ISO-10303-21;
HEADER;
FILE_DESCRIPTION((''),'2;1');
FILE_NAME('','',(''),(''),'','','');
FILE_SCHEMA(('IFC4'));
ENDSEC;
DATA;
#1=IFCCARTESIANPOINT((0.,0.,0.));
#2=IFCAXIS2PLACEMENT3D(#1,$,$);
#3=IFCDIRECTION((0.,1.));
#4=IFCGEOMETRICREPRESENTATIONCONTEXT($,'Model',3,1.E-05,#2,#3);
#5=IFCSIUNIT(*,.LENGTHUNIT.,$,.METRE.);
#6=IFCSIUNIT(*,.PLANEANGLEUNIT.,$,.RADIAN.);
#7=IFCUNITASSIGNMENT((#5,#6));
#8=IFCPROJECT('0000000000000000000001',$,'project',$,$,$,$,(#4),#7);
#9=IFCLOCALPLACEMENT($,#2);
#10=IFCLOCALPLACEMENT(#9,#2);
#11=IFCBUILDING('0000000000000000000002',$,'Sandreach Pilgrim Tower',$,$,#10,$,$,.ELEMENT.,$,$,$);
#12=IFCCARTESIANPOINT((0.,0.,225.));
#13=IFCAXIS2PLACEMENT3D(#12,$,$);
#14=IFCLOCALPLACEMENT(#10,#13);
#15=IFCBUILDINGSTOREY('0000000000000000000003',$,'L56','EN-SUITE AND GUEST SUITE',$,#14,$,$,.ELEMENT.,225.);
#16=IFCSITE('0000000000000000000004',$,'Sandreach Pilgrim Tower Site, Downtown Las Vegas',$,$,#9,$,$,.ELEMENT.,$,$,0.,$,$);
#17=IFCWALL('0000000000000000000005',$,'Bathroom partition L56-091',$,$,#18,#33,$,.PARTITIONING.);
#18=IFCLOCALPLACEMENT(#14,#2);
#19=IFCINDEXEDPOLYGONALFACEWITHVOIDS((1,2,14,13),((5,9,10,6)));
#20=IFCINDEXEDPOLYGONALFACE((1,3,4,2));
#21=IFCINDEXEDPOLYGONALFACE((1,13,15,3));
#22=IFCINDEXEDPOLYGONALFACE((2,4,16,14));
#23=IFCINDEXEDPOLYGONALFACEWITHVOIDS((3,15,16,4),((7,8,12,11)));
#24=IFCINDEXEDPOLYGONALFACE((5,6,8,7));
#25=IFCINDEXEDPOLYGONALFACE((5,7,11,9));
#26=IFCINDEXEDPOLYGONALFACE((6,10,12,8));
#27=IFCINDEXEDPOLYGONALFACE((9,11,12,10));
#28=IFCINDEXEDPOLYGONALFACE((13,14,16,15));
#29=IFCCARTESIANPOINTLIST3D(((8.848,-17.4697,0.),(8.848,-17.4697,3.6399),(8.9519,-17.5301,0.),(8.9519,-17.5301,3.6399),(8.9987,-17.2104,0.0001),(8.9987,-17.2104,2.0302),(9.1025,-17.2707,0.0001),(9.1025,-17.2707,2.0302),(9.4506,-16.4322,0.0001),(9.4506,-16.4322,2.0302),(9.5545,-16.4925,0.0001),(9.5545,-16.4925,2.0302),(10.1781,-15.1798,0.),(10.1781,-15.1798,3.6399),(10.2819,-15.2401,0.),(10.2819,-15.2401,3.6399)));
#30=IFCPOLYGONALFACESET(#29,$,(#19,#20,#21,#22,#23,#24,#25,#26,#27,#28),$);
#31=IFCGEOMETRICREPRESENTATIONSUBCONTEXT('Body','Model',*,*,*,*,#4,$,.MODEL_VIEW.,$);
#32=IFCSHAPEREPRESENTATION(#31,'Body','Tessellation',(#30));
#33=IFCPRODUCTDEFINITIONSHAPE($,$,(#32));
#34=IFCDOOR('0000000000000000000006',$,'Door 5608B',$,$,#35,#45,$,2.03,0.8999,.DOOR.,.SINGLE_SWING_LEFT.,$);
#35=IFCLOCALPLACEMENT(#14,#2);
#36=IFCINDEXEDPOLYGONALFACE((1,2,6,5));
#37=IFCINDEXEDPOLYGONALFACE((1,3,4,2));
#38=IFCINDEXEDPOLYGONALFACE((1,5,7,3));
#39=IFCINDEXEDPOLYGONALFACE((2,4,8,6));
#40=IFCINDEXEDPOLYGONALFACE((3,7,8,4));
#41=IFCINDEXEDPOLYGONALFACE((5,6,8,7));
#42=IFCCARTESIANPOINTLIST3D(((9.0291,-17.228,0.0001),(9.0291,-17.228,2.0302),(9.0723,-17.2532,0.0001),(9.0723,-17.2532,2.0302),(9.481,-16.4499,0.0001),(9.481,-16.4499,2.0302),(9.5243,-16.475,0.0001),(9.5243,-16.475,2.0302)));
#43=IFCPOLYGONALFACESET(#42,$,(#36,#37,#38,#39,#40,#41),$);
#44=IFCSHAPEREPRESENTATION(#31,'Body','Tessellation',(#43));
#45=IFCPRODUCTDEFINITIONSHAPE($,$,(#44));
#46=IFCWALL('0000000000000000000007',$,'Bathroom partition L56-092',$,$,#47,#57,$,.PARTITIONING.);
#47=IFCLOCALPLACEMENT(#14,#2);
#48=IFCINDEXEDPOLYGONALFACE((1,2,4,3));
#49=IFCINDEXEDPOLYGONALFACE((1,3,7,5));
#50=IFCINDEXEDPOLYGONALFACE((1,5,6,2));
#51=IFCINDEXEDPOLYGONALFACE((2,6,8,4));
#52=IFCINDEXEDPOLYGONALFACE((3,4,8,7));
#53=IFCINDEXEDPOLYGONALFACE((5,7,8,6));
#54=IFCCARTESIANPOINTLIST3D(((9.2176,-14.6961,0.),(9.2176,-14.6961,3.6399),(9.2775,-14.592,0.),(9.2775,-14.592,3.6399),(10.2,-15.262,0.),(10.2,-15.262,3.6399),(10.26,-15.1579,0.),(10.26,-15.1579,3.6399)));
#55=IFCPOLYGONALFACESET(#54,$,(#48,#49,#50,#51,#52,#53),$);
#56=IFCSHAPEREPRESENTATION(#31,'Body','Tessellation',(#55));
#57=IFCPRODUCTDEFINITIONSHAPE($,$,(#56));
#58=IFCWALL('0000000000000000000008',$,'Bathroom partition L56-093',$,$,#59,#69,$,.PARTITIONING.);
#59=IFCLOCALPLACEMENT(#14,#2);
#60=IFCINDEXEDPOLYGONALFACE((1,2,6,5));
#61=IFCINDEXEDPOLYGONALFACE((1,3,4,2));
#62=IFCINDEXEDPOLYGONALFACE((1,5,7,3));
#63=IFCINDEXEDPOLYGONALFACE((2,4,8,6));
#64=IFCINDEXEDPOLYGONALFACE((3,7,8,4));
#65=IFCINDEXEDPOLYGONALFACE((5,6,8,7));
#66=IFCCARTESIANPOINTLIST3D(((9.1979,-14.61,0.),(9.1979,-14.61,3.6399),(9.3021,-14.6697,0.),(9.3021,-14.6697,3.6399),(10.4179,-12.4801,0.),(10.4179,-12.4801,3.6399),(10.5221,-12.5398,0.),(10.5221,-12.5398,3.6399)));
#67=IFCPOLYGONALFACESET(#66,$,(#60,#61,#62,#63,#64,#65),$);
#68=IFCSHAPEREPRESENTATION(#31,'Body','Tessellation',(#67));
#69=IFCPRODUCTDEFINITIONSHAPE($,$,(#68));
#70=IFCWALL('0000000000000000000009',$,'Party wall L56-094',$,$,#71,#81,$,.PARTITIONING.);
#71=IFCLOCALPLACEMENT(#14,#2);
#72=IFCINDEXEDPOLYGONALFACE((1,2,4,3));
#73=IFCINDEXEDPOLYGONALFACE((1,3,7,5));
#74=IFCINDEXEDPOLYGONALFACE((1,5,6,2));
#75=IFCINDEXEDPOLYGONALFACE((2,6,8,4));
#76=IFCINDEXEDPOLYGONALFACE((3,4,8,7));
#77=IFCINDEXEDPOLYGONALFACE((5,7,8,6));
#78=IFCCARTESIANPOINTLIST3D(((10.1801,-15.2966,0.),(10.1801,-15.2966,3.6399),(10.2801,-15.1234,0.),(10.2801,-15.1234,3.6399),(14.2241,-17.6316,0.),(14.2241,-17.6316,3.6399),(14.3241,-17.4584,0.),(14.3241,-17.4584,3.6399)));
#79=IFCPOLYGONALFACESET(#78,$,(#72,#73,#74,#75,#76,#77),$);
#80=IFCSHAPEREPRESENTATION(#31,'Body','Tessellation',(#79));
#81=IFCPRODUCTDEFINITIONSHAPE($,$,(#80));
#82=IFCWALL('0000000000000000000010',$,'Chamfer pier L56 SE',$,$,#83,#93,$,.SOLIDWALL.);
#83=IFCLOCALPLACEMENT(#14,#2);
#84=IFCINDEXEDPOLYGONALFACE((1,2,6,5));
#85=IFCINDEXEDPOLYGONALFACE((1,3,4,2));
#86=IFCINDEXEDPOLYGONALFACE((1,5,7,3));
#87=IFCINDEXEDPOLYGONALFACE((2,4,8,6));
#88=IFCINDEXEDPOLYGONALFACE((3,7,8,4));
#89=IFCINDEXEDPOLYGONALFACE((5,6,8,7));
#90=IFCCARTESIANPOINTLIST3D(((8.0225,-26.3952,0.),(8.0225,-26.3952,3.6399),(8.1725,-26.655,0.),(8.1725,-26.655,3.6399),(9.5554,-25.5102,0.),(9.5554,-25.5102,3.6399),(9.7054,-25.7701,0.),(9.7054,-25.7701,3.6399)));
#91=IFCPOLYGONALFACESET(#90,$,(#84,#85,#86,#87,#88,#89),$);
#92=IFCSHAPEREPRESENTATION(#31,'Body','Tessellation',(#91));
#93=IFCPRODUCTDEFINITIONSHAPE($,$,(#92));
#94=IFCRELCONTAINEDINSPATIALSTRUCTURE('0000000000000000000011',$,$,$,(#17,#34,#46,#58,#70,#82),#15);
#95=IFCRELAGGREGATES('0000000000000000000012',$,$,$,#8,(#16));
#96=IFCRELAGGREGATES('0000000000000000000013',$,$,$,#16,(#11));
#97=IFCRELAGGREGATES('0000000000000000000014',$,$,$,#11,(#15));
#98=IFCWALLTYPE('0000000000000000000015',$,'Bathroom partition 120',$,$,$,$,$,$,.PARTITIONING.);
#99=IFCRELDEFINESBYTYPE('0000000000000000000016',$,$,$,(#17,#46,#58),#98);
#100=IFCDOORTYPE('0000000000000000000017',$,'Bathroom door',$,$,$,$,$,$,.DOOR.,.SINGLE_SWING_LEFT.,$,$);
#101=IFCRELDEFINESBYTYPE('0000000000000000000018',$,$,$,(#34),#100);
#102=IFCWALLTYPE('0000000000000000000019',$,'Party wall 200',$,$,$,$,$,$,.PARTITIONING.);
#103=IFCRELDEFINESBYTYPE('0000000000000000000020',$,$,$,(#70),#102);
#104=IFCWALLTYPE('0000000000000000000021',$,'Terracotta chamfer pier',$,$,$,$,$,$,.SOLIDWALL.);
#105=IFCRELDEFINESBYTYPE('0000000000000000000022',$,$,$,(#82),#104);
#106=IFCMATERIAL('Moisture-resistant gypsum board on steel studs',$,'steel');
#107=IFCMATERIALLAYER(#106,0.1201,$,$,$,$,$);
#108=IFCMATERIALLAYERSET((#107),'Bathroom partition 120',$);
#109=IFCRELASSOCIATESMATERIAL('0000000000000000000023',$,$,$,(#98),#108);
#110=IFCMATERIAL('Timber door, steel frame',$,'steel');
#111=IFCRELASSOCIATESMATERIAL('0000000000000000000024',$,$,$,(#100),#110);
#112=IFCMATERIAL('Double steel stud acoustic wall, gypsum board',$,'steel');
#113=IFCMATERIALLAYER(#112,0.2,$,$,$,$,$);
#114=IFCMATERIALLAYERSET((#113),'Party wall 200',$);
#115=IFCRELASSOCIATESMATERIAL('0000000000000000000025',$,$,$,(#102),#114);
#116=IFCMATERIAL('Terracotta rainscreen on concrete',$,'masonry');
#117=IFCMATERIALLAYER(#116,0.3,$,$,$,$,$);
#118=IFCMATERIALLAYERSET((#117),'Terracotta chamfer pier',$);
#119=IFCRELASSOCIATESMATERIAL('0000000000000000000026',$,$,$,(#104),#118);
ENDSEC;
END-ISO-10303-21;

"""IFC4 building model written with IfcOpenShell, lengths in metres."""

from ifc_helpers import new_model, si_unit, direction, frame, frame_2d, origin, place, context, subcontext, project, spatial, rectangle, extrude, material, layer, layer_set, type_object, element, fill, save


model = new_model("IFC4")

# Units and contexts
model_context = context("Model", 3, precision=1e-05, world=origin(), true_north=direction((0.0, 1.0)))
body_context = subcontext(model_context, "Body", "Model", "MODEL_VIEW")
ifc_project = project(units=[si_unit("LENGTHUNIT", "METRE"), si_unit("PLANEANGLEUNIT", "RADIAN")], contexts=[model_context])

# Site, building, storey
site_placement = place(None, origin())
site = spatial("IfcSite", under=ifc_project, at=site_placement, Name="Sandreach Pilgrim Tower Site, Downtown Las Vegas", CompositionType="ELEMENT", RefElevation=0.0)
building_placement = place(site_placement, origin())
building = spatial("IfcBuilding", under=site, at=building_placement, Name="Sandreach Pilgrim Tower", CompositionType="ELEMENT")
storey_placement = place(building_placement, frame((0.0, 0.0, 225.0)))
storey = spatial("IfcBuildingStorey", under=building, at=storey_placement, Name="L56", Description="EN-SUITE AND GUEST SUITE", CompositionType="ELEMENT", Elevation=225.0)

# Shared definitions
ifc_material_1 = material(Name="Moisture-resistant gypsum board on steel studs", Category="steel")
ifc_layer_1 = layer(ifc_material_1, 0.1201)
ifc_layer_set_1 = layer_set([ifc_layer_1], Name="Bathroom partition 120")
wall_type_1 = type_object("IfcWallType", Name="Bathroom partition 120", PredefinedType="PARTITIONING", material=ifc_layer_set_1)

# Wall, opening, door
wall_1_placement = place(storey_placement, frame((8.8999, -17.5, 0.0), z_axis=(0.0, 0.0, 1.0), x_axis=(0.502242, 0.864727, 0.0)))
wall_1 = element("IfcWall", 1, at=wall_1_placement, inside=storey, type_object=wall_type_1, Name="Bathroom partition L56-091", PredefinedType="PARTITIONING", context=body_context, shape_type="SweptSolid", body=[
    extrude(rectangle(XDim=2.6482, YDim=0.1201, at=frame_2d((1.3242, 0.0))), origin(), (0.0, 0.0, 1.0), 3.6399),
])
opening_placement = place(wall_1_placement, frame((0.3, 0.0, 0.0)))
opening = element("IfcOpeningElement", 2, at=opening_placement, cuts=wall_1, PredefinedType="OPENING", context=body_context, shape_type="SweptSolid", body=[
    extrude(rectangle(XDim=0.8999, YDim=2.03, at=frame_2d((0.45, 1.0151))), frame((0.0, 0.0601, 0.0), z_axis=(0.0, -1.0, 0.0), x_axis=(1.0, 0.0, 0.0)), (0.0, 0.0, 1.0), 0.1201),
])
ifc_material_2 = material(Name="Timber door, steel frame", Category="steel")
door_type = type_object("IfcDoorType", Name="Bathroom door", OperationType="SINGLE_SWING_LEFT", PredefinedType="DOOR", material=ifc_material_2)
door_placement = place(opening_placement, origin())
door = element("IfcDoor", 3, at=door_placement, inside=storey, type_object=door_type, Name="Door 5608B", OperationType="SINGLE_SWING_LEFT", OverallHeight=2.03, OverallWidth=0.8999, PredefinedType="DOOR", context=body_context, shape_type="SweptSolid", body=[
    extrude(rectangle(XDim=0.8999, YDim=2.03, at=frame_2d((0.45, 1.0151))), frame((0.0, 0.0249, 0.0), z_axis=(0.0, -1.0, 0.0), x_axis=(1.0, 0.0, 0.0)), (0.0, 0.0, 1.0), 0.05),
])
fill(opening, door)

# Walls
wall_2_placement = place(storey_placement, frame((9.2476, -14.644, 0.0), z_axis=(0.0, 0.0, 1.0), x_axis=(0.866515, -0.499151, 0.0)))
element("IfcWall", 4, at=wall_2_placement, inside=storey, type_object=wall_type_1, Name="Bathroom partition L56-092", PredefinedType="PARTITIONING", context=body_context, shape_type="SweptSolid", body=[
    extrude(rectangle(XDim=1.1338, YDim=0.1201, at=frame_2d((0.5669, 0.0))), origin(), (0.0, 0.0, 1.0), 3.6399),
])
wall_3_placement = place(storey_placement, frame((9.25, -14.6399, 0.0), z_axis=(0.0, 0.0, 1.0), x_axis=(0.497028, 0.867735, 0.0)))
element("IfcWall", 5, at=wall_3_placement, inside=storey, type_object=wall_type_1, Name="Bathroom partition L56-093", PredefinedType="PARTITIONING", context=body_context, shape_type="SweptSolid", body=[
    extrude(rectangle(XDim=2.4546, YDim=0.1201, at=frame_2d((1.2273, 0.0))), origin(), (0.0, 0.0, 1.0), 3.6399),
])
ifc_material_3 = material(Name="Double steel stud acoustic wall, gypsum board", Category="steel")
ifc_layer_2 = layer(ifc_material_3, 0.2)
ifc_layer_set_2 = layer_set([ifc_layer_2], Name="Party wall 200")
wall_type_2 = type_object("IfcWallType", Name="Party wall 200", PredefinedType="PARTITIONING", material=ifc_layer_set_2)
wall_4_placement = place(storey_placement, frame((10.23, -15.21, 0.0), z_axis=(0.0, 0.0, 1.0), x_axis=(0.866008, -0.50003, 0.0)))
element("IfcWall", 6, at=wall_4_placement, inside=storey, type_object=wall_type_2, Name="Party wall L56-094", PredefinedType="PARTITIONING", context=body_context, shape_type="SweptSolid", body=[
    extrude(rectangle(XDim=4.6697, YDim=0.2, at=frame_2d((2.335, 0.0))), origin(), (0.0, 0.0, 1.0), 3.6399),
])
ifc_material_4 = material(Name="Terracotta rainscreen on concrete", Category="masonry")
ifc_layer_3 = layer(ifc_material_4, 0.3)
ifc_layer_set_3 = layer_set([ifc_layer_3], Name="Terracotta chamfer pier")
wall_type_3 = type_object("IfcWallType", Name="Terracotta chamfer pier", PredefinedType="SOLIDWALL", material=ifc_layer_set_3)
wall_5_placement = place(storey_placement, frame((9.6304, -25.6401, 0.0), z_axis=(0.0, 0.0, 1.0), x_axis=(-0.866036, -0.499981, 0.0)))
element("IfcWall", 7, at=wall_5_placement, inside=storey, type_object=wall_type_3, Name="Chamfer pier L56 SE", PredefinedType="SOLIDWALL", context=body_context, shape_type="SweptSolid", body=[
    extrude(rectangle(XDim=1.77, YDim=0.3, at=frame_2d((0.885, 0.0))), origin(), (0.0, 0.0, 1.0), 3.6399),
])

save(model, "model.ifc")
